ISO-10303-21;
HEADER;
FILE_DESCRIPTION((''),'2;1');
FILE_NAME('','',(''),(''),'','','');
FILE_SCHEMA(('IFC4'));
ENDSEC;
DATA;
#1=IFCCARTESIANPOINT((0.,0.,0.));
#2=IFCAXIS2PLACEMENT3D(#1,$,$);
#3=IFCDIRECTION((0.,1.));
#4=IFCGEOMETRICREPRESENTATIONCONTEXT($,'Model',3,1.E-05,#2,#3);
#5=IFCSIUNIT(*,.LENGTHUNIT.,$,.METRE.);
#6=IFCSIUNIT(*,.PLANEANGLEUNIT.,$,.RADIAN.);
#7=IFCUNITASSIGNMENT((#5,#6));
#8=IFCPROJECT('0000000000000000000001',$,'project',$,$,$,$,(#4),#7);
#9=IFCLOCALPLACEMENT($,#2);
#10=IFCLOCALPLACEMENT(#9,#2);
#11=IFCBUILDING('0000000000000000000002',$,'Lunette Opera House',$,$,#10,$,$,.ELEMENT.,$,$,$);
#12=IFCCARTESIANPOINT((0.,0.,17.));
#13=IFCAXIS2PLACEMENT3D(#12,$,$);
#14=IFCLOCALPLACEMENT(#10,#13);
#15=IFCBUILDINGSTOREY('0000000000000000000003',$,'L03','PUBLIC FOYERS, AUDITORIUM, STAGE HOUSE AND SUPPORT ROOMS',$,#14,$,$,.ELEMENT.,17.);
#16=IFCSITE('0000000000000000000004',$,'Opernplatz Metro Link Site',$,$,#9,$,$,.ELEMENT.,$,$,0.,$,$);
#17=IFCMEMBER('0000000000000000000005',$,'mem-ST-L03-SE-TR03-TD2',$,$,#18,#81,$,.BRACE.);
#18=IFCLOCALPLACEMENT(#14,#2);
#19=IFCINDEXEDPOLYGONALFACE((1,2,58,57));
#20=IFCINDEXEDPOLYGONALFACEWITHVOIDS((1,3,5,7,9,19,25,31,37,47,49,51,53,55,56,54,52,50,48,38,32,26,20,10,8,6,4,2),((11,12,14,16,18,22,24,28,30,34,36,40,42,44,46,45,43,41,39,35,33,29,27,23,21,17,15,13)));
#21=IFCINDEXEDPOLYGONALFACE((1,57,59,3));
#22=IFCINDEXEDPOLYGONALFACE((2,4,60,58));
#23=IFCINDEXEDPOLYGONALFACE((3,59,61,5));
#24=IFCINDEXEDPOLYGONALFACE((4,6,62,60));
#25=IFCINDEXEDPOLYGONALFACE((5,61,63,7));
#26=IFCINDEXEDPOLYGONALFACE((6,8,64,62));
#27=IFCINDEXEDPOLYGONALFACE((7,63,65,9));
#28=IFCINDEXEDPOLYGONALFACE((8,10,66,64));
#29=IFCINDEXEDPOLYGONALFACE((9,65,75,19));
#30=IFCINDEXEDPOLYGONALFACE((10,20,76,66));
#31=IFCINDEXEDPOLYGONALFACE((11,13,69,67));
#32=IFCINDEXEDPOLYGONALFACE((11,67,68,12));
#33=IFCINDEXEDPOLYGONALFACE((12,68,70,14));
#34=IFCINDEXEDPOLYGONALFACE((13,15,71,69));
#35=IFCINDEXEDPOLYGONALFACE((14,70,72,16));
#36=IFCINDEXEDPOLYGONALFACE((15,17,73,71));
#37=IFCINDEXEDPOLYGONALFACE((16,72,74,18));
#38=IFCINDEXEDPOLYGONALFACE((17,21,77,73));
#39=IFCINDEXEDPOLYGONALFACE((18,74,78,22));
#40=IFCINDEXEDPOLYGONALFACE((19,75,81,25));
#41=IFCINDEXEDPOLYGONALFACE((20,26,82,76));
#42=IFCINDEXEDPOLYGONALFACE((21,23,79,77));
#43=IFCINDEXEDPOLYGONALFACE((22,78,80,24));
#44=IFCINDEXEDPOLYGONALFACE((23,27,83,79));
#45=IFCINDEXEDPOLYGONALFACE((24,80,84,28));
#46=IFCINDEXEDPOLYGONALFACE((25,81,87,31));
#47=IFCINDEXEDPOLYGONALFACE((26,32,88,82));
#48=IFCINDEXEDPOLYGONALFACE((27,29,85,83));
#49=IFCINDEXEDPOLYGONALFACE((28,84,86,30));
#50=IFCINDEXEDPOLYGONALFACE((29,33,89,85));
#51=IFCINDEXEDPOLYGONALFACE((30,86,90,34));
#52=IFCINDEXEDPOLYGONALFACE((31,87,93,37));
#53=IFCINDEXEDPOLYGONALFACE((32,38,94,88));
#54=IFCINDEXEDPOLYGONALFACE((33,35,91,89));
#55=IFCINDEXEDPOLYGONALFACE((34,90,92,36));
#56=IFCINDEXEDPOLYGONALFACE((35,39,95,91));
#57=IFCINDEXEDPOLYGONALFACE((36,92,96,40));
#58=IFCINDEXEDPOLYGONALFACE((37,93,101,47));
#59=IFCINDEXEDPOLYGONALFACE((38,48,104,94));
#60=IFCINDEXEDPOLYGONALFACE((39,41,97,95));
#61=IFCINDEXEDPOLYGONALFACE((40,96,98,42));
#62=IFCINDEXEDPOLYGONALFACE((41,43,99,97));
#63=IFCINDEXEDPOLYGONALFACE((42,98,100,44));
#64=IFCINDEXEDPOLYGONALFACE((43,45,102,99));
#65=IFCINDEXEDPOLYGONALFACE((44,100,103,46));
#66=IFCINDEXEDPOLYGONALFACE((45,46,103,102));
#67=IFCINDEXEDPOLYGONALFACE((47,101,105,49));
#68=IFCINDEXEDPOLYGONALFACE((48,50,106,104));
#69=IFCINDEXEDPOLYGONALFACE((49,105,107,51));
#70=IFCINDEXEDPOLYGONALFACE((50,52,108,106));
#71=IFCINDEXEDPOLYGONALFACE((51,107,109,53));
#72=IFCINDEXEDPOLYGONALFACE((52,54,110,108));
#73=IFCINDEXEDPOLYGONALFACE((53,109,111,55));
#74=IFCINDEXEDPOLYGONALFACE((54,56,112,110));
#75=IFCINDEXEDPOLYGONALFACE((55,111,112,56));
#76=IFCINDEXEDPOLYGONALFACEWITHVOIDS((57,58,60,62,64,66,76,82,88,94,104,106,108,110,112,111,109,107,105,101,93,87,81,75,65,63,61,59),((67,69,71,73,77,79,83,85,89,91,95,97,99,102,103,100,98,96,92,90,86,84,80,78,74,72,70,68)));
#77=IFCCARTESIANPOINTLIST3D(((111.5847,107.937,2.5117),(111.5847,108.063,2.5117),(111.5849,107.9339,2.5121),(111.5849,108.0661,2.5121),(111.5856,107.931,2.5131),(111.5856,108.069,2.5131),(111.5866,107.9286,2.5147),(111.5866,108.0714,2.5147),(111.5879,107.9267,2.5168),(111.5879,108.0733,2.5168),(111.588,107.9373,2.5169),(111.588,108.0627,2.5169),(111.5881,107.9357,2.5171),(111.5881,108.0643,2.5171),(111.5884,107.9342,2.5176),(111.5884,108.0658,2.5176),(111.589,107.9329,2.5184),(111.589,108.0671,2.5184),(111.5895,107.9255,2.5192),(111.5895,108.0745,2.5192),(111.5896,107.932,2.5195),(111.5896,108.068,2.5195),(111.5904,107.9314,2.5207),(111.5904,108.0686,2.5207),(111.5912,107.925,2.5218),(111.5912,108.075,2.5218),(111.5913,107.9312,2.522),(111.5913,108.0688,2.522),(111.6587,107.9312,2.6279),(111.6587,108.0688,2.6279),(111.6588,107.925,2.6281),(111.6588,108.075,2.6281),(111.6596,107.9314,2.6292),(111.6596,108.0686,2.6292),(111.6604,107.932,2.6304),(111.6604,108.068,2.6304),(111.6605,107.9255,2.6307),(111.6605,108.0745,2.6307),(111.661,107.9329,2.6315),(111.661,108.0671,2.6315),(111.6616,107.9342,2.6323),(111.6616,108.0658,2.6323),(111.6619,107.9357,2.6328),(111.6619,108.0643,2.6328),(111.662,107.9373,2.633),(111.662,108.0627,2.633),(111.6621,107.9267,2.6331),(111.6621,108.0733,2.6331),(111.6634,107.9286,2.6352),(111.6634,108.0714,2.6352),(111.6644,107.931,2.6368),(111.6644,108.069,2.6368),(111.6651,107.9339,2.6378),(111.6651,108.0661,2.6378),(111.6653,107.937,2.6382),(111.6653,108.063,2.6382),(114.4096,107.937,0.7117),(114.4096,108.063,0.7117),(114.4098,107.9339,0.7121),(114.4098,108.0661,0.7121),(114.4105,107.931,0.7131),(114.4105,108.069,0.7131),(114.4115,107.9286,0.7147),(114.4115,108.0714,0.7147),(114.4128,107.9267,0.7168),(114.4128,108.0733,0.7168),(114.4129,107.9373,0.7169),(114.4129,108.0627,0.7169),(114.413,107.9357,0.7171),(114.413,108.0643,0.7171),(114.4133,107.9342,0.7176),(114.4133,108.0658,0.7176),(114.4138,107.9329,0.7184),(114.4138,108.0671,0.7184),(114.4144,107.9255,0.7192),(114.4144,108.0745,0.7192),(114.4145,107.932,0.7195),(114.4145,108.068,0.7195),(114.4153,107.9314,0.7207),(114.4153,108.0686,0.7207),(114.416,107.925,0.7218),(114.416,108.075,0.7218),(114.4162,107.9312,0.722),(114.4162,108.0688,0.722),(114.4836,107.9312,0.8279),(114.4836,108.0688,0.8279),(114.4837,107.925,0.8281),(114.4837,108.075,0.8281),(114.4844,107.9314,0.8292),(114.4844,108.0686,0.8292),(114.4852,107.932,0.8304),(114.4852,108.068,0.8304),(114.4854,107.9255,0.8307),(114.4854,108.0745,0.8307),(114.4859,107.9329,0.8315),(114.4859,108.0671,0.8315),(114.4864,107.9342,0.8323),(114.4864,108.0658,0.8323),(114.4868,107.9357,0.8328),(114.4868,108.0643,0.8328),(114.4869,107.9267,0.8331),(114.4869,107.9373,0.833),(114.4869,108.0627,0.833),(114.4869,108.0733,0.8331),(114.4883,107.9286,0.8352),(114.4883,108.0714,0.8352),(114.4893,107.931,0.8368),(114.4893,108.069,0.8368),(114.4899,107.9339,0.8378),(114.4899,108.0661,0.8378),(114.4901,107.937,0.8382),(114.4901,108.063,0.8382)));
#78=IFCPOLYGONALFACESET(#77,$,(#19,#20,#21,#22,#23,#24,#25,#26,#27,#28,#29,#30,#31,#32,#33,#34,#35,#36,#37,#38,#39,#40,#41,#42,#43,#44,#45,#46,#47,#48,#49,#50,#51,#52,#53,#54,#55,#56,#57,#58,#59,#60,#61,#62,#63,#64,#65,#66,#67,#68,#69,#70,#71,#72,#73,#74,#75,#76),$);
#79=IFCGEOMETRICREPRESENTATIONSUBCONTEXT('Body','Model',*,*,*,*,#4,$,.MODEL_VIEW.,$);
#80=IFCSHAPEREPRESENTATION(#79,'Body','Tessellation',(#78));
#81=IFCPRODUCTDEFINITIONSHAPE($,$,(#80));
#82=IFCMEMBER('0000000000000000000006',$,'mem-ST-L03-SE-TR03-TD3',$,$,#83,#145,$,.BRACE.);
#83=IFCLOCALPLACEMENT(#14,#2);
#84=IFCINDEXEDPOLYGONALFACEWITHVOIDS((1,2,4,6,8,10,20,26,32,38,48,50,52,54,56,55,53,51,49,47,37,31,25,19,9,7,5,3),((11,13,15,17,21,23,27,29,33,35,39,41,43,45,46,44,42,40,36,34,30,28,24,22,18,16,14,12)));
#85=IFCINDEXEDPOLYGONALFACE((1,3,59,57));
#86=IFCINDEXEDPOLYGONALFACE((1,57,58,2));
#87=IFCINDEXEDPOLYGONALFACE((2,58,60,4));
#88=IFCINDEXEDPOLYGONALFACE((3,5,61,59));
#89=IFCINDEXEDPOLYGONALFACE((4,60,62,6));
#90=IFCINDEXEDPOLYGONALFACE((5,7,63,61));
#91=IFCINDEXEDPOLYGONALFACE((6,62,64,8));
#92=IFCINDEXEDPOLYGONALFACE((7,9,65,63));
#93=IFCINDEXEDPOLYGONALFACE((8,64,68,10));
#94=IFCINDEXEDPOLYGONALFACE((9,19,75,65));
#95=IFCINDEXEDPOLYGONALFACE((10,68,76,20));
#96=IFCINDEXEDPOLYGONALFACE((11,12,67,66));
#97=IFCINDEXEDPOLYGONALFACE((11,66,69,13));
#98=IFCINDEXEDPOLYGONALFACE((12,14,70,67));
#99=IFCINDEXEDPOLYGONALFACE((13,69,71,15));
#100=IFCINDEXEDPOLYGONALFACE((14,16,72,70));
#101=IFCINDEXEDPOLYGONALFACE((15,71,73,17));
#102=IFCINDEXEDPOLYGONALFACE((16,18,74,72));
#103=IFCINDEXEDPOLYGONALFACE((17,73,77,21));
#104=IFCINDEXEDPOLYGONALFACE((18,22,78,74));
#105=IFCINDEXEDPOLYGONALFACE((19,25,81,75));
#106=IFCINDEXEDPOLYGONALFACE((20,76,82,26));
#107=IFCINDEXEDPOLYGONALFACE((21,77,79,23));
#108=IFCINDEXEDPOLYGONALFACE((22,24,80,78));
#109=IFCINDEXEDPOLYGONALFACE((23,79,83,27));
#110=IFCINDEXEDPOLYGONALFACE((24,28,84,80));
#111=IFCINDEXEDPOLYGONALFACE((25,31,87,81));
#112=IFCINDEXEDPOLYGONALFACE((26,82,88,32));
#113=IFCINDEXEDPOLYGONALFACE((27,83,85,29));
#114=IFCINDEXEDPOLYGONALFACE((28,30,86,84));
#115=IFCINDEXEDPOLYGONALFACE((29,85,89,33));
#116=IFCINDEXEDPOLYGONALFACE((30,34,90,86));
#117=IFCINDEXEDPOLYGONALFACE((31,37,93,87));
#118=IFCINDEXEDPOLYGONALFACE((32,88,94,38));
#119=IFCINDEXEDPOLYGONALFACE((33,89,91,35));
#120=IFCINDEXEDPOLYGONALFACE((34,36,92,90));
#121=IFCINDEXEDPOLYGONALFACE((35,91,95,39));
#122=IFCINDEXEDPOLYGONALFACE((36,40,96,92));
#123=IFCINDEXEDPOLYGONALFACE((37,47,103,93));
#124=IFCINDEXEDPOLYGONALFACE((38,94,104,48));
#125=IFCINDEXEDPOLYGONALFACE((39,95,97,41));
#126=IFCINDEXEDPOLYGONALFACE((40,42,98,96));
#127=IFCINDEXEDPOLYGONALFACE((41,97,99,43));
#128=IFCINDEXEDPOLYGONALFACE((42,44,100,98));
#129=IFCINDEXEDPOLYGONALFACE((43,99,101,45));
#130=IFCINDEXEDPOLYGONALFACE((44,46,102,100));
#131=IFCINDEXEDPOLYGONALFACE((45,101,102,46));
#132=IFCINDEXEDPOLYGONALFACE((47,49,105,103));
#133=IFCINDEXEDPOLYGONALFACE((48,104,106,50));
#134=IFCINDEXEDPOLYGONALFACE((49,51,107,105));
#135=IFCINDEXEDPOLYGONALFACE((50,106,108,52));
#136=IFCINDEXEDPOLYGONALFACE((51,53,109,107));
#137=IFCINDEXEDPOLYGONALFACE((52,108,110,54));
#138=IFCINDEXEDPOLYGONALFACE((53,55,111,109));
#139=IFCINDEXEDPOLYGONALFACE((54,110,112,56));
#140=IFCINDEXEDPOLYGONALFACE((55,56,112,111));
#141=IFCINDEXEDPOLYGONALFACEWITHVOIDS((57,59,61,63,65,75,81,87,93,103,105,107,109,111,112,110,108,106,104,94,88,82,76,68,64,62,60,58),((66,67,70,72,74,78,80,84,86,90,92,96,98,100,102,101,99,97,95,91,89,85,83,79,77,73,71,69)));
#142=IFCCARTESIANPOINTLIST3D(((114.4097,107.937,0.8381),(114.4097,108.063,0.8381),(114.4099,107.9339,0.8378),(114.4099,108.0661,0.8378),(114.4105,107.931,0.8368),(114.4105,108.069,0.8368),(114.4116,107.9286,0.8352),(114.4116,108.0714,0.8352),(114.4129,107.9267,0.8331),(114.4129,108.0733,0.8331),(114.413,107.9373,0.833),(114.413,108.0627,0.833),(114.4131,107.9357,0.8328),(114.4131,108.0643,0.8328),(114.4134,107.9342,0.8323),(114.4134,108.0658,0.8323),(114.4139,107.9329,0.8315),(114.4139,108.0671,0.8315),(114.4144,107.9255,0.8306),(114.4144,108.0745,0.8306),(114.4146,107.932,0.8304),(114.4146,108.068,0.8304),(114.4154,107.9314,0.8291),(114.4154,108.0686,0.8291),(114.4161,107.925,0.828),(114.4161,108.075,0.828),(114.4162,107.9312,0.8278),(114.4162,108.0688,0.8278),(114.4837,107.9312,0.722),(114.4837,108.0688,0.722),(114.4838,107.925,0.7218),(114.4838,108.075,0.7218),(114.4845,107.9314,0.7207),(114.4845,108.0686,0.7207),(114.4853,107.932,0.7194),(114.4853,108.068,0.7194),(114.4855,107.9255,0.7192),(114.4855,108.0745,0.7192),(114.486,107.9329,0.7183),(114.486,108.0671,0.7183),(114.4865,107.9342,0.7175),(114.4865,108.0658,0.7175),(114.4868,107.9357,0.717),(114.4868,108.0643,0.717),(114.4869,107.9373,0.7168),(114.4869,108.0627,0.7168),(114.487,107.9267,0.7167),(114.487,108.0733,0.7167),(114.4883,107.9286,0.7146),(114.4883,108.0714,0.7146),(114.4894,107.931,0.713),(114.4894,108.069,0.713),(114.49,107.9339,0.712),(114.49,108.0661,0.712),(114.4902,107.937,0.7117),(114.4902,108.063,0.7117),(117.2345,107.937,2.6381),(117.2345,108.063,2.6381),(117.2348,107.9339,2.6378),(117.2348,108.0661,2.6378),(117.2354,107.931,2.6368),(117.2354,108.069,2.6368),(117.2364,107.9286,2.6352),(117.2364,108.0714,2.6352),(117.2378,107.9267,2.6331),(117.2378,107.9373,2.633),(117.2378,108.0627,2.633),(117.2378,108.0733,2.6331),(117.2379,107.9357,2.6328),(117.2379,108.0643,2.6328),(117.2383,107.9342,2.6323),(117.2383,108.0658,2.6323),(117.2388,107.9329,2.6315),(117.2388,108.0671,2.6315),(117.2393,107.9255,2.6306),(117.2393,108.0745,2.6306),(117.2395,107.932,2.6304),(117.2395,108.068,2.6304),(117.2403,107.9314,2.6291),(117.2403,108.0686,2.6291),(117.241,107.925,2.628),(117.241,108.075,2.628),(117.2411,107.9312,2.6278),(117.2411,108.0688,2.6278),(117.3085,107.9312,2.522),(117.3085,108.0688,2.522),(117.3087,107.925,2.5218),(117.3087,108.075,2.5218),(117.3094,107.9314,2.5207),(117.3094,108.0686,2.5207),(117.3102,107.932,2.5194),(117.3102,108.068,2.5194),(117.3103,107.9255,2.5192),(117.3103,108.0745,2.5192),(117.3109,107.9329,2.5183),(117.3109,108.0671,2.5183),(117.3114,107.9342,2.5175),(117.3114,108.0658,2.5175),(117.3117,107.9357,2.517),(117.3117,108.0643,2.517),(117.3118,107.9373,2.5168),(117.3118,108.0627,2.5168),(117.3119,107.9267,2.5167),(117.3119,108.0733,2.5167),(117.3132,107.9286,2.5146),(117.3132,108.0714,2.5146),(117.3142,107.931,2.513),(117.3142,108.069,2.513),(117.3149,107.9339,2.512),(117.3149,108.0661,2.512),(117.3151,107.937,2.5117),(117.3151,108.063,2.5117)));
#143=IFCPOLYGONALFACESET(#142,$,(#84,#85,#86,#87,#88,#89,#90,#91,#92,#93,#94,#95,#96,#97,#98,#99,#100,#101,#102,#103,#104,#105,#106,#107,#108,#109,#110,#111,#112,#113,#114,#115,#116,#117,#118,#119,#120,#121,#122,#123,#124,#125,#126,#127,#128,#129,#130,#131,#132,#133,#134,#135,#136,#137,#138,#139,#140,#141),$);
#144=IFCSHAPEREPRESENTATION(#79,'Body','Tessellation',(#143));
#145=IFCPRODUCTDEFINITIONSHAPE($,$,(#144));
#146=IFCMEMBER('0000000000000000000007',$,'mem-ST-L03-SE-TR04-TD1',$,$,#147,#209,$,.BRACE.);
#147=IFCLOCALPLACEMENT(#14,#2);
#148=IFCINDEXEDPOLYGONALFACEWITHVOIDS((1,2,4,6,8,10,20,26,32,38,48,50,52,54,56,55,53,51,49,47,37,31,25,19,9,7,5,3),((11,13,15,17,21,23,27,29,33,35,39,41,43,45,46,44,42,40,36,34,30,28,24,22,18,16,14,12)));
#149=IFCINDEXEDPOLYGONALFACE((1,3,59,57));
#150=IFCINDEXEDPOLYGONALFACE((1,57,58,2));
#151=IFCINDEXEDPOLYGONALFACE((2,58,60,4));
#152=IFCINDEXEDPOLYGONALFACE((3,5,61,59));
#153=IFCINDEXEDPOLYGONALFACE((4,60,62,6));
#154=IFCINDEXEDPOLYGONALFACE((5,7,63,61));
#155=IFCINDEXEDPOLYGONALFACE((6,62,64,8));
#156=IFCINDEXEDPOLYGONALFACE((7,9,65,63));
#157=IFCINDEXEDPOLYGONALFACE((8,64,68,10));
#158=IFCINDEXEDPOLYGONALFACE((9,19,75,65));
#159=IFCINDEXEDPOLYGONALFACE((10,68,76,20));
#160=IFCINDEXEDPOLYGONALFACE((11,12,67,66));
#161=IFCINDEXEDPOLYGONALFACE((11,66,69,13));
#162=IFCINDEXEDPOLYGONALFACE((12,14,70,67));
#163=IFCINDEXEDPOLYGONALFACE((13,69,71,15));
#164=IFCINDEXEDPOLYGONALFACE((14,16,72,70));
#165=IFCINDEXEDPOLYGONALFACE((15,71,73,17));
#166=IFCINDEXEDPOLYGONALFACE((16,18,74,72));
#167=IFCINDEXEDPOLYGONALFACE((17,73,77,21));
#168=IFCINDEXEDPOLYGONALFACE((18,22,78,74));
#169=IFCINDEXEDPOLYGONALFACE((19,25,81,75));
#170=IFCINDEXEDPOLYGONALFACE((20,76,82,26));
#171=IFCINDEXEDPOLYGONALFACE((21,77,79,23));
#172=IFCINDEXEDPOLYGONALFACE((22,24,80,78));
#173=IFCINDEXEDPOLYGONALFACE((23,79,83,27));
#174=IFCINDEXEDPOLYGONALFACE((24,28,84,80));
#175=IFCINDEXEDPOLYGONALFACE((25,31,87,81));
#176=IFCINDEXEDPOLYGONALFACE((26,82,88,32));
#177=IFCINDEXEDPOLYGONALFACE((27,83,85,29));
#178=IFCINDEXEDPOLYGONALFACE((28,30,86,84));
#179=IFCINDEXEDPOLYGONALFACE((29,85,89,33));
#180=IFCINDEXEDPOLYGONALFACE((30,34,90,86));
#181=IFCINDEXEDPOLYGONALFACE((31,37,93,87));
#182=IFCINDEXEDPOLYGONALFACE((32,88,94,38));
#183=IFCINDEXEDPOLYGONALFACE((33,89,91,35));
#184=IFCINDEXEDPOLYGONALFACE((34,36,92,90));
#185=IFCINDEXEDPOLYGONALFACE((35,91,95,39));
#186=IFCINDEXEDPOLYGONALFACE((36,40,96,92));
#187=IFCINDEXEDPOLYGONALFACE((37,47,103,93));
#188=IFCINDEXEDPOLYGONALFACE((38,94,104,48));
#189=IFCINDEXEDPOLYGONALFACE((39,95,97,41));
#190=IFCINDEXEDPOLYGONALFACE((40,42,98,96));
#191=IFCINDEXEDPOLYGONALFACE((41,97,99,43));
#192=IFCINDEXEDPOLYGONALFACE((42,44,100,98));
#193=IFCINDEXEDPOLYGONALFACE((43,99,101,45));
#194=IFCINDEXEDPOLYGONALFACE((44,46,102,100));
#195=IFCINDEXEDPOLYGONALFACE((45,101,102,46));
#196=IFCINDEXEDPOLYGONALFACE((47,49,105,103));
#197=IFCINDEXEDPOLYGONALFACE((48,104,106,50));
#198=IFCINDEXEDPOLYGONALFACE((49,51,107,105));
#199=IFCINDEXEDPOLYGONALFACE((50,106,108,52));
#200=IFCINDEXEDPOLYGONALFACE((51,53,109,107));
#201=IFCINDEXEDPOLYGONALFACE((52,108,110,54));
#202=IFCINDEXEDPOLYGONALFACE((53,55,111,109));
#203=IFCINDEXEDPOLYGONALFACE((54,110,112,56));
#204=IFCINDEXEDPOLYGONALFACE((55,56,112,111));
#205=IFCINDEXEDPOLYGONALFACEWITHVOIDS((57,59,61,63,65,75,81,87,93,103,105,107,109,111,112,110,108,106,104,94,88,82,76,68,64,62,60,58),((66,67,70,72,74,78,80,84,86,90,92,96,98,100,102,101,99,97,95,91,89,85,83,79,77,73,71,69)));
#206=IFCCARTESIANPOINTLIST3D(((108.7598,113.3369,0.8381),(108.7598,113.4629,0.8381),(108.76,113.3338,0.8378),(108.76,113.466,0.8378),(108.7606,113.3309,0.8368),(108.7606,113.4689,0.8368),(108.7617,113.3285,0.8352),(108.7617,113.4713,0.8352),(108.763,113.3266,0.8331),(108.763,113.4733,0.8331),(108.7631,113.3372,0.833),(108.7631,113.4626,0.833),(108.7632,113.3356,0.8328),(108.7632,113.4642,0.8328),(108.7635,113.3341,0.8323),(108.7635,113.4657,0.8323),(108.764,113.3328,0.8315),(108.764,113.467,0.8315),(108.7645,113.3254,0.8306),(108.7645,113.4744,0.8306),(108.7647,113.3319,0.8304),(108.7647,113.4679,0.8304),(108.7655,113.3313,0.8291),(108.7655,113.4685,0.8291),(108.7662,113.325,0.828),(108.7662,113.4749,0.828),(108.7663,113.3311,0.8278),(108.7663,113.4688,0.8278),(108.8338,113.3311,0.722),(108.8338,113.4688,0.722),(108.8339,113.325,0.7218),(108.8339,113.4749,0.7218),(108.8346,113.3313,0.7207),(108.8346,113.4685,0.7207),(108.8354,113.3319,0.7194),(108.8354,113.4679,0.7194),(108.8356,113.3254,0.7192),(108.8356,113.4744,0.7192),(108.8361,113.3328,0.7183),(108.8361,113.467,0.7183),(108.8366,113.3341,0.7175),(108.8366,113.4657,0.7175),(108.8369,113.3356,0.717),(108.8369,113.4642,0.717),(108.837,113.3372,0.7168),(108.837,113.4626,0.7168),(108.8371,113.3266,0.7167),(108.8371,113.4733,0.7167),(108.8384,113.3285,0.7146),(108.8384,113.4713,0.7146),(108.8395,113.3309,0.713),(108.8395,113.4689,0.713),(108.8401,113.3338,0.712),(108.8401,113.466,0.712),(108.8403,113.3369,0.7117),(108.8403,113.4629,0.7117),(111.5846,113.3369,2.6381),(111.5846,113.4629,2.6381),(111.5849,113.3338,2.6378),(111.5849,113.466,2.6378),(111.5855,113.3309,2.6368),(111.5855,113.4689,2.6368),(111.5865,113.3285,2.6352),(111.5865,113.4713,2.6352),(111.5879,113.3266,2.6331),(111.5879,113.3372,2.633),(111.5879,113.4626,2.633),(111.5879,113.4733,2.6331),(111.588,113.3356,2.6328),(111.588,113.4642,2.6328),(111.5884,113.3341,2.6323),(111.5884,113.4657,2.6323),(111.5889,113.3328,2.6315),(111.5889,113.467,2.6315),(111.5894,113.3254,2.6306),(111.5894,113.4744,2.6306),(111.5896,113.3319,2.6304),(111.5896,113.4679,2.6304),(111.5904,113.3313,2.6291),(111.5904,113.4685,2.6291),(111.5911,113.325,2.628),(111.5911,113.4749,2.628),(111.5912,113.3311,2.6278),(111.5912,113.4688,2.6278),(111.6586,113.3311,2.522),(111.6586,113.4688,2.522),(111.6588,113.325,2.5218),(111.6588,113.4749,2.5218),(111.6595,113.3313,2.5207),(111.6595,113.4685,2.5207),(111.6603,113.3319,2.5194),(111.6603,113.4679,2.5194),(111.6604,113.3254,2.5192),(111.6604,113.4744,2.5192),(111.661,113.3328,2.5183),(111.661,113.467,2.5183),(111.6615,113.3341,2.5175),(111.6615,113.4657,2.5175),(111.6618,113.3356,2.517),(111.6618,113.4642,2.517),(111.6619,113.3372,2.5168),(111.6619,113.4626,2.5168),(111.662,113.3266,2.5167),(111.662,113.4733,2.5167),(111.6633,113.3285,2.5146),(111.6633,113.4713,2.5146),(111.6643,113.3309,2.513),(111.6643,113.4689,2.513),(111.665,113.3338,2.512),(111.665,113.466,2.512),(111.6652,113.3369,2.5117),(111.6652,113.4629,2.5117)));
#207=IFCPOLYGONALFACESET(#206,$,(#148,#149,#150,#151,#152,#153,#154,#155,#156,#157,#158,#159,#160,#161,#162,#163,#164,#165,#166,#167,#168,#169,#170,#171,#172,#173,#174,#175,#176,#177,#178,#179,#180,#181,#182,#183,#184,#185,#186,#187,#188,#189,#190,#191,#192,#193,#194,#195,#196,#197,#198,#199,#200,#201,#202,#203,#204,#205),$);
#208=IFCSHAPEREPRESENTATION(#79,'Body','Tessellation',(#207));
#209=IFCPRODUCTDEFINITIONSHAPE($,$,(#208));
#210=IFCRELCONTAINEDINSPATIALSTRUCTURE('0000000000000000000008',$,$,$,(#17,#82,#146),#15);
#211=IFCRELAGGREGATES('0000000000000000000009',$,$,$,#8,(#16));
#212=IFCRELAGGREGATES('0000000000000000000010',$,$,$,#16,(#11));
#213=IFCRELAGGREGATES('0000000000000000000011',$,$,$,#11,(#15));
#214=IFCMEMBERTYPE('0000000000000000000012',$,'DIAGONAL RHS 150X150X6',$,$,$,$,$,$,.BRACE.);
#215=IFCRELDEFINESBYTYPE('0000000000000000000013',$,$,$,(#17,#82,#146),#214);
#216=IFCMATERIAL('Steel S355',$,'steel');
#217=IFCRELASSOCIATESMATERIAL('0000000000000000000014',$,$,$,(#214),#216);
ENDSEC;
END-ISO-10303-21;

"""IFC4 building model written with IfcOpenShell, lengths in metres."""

from ifc_helpers import new_model, si_unit, direction, frame, origin, origin_2d, place, context, subcontext, project, spatial, hollow_rectangle, extrude, material, material_profile, profile_set, type_object, element, save


model = new_model("IFC4")

# Units and contexts
model_context = context("Model", 3, precision=1e-05, world=origin(), true_north=direction((0.0, 1.0)))
body_context = subcontext(model_context, "Body", "Model", "MODEL_VIEW")
ifc_project = project(units=[si_unit("LENGTHUNIT", "METRE"), si_unit("PLANEANGLEUNIT", "RADIAN")], contexts=[model_context])

# Site, building, storey
site_placement = place(None, origin())
site = spatial("IfcSite", under=ifc_project, at=site_placement, Name="Opernplatz Metro Link Site", CompositionType="ELEMENT", RefElevation=0.0)
building_placement = place(site_placement, origin())
building = spatial("IfcBuilding", under=site, at=building_placement, Name="Lunette Opera House", CompositionType="ELEMENT")
storey_placement = place(building_placement, frame((0.0, 0.0, 17.0)))
storey = spatial("IfcBuildingStorey", under=building, at=storey_placement, Name="L03", Description="PUBLIC FOYERS, AUDITORIUM, STAGE HOUSE AND SUPPORT ROOMS", CompositionType="ELEMENT", Elevation=17.0)

# Members
ifc_material_1 = material(Name="Steel S355", Category="steel")
ifc_material_profile_1 = material_profile(ifc_material_1, hollow_rectangle(XDim=0.1499, YDim=0.1499, WallThickness=0.0061, InnerFilletRadius=0.0061, OuterFilletRadius=0.012, at=origin_2d()), Name="RHS 150X150X6")
ifc_profile_set_1 = profile_set([ifc_material_profile_1], Name="Steel S355")
member_type_1 = type_object("IfcMemberType", Name="DIAGONAL RHS 150X150X6", PredefinedType="BRACE", material=ifc_profile_set_1)
for number, where, z_axis, x_axis, name in (
    (1, (111.625, 108.0, 2.575), (0.843343, 0.0, -0.537375), (0.0, 1.0, 0.0), "mem-ST-L03-SE-TR03-TD2"),
    (2, (114.45, 108.0, 0.7749), (0.843343, 0.0, 0.537375), (0.0, 1.0, 0.0), "mem-ST-L03-SE-TR03-TD3"),
    (3, (108.8, 113.3999, 0.7749), (0.843343, 0.0, 0.537375), (0.0, 1.0, 0.0), "mem-ST-L03-SE-TR04-TD1"),
):
    element("IfcMember", number, at=place(storey_placement, frame(where, z_axis=z_axis, x_axis=x_axis)), inside=storey, type_object=member_type_1, Name=name, PredefinedType="BRACE", context=body_context, shape_type="SweptSolid", body=[
        extrude(hollow_rectangle(XDim=0.1499, YDim=0.1499, WallThickness=0.0061, InnerFilletRadius=0.0061, OuterFilletRadius=0.012, at=origin_2d()), origin(), (0.0, 0.0, 1.0), 3.3496),
    ])

save(model, "model.ifc")
